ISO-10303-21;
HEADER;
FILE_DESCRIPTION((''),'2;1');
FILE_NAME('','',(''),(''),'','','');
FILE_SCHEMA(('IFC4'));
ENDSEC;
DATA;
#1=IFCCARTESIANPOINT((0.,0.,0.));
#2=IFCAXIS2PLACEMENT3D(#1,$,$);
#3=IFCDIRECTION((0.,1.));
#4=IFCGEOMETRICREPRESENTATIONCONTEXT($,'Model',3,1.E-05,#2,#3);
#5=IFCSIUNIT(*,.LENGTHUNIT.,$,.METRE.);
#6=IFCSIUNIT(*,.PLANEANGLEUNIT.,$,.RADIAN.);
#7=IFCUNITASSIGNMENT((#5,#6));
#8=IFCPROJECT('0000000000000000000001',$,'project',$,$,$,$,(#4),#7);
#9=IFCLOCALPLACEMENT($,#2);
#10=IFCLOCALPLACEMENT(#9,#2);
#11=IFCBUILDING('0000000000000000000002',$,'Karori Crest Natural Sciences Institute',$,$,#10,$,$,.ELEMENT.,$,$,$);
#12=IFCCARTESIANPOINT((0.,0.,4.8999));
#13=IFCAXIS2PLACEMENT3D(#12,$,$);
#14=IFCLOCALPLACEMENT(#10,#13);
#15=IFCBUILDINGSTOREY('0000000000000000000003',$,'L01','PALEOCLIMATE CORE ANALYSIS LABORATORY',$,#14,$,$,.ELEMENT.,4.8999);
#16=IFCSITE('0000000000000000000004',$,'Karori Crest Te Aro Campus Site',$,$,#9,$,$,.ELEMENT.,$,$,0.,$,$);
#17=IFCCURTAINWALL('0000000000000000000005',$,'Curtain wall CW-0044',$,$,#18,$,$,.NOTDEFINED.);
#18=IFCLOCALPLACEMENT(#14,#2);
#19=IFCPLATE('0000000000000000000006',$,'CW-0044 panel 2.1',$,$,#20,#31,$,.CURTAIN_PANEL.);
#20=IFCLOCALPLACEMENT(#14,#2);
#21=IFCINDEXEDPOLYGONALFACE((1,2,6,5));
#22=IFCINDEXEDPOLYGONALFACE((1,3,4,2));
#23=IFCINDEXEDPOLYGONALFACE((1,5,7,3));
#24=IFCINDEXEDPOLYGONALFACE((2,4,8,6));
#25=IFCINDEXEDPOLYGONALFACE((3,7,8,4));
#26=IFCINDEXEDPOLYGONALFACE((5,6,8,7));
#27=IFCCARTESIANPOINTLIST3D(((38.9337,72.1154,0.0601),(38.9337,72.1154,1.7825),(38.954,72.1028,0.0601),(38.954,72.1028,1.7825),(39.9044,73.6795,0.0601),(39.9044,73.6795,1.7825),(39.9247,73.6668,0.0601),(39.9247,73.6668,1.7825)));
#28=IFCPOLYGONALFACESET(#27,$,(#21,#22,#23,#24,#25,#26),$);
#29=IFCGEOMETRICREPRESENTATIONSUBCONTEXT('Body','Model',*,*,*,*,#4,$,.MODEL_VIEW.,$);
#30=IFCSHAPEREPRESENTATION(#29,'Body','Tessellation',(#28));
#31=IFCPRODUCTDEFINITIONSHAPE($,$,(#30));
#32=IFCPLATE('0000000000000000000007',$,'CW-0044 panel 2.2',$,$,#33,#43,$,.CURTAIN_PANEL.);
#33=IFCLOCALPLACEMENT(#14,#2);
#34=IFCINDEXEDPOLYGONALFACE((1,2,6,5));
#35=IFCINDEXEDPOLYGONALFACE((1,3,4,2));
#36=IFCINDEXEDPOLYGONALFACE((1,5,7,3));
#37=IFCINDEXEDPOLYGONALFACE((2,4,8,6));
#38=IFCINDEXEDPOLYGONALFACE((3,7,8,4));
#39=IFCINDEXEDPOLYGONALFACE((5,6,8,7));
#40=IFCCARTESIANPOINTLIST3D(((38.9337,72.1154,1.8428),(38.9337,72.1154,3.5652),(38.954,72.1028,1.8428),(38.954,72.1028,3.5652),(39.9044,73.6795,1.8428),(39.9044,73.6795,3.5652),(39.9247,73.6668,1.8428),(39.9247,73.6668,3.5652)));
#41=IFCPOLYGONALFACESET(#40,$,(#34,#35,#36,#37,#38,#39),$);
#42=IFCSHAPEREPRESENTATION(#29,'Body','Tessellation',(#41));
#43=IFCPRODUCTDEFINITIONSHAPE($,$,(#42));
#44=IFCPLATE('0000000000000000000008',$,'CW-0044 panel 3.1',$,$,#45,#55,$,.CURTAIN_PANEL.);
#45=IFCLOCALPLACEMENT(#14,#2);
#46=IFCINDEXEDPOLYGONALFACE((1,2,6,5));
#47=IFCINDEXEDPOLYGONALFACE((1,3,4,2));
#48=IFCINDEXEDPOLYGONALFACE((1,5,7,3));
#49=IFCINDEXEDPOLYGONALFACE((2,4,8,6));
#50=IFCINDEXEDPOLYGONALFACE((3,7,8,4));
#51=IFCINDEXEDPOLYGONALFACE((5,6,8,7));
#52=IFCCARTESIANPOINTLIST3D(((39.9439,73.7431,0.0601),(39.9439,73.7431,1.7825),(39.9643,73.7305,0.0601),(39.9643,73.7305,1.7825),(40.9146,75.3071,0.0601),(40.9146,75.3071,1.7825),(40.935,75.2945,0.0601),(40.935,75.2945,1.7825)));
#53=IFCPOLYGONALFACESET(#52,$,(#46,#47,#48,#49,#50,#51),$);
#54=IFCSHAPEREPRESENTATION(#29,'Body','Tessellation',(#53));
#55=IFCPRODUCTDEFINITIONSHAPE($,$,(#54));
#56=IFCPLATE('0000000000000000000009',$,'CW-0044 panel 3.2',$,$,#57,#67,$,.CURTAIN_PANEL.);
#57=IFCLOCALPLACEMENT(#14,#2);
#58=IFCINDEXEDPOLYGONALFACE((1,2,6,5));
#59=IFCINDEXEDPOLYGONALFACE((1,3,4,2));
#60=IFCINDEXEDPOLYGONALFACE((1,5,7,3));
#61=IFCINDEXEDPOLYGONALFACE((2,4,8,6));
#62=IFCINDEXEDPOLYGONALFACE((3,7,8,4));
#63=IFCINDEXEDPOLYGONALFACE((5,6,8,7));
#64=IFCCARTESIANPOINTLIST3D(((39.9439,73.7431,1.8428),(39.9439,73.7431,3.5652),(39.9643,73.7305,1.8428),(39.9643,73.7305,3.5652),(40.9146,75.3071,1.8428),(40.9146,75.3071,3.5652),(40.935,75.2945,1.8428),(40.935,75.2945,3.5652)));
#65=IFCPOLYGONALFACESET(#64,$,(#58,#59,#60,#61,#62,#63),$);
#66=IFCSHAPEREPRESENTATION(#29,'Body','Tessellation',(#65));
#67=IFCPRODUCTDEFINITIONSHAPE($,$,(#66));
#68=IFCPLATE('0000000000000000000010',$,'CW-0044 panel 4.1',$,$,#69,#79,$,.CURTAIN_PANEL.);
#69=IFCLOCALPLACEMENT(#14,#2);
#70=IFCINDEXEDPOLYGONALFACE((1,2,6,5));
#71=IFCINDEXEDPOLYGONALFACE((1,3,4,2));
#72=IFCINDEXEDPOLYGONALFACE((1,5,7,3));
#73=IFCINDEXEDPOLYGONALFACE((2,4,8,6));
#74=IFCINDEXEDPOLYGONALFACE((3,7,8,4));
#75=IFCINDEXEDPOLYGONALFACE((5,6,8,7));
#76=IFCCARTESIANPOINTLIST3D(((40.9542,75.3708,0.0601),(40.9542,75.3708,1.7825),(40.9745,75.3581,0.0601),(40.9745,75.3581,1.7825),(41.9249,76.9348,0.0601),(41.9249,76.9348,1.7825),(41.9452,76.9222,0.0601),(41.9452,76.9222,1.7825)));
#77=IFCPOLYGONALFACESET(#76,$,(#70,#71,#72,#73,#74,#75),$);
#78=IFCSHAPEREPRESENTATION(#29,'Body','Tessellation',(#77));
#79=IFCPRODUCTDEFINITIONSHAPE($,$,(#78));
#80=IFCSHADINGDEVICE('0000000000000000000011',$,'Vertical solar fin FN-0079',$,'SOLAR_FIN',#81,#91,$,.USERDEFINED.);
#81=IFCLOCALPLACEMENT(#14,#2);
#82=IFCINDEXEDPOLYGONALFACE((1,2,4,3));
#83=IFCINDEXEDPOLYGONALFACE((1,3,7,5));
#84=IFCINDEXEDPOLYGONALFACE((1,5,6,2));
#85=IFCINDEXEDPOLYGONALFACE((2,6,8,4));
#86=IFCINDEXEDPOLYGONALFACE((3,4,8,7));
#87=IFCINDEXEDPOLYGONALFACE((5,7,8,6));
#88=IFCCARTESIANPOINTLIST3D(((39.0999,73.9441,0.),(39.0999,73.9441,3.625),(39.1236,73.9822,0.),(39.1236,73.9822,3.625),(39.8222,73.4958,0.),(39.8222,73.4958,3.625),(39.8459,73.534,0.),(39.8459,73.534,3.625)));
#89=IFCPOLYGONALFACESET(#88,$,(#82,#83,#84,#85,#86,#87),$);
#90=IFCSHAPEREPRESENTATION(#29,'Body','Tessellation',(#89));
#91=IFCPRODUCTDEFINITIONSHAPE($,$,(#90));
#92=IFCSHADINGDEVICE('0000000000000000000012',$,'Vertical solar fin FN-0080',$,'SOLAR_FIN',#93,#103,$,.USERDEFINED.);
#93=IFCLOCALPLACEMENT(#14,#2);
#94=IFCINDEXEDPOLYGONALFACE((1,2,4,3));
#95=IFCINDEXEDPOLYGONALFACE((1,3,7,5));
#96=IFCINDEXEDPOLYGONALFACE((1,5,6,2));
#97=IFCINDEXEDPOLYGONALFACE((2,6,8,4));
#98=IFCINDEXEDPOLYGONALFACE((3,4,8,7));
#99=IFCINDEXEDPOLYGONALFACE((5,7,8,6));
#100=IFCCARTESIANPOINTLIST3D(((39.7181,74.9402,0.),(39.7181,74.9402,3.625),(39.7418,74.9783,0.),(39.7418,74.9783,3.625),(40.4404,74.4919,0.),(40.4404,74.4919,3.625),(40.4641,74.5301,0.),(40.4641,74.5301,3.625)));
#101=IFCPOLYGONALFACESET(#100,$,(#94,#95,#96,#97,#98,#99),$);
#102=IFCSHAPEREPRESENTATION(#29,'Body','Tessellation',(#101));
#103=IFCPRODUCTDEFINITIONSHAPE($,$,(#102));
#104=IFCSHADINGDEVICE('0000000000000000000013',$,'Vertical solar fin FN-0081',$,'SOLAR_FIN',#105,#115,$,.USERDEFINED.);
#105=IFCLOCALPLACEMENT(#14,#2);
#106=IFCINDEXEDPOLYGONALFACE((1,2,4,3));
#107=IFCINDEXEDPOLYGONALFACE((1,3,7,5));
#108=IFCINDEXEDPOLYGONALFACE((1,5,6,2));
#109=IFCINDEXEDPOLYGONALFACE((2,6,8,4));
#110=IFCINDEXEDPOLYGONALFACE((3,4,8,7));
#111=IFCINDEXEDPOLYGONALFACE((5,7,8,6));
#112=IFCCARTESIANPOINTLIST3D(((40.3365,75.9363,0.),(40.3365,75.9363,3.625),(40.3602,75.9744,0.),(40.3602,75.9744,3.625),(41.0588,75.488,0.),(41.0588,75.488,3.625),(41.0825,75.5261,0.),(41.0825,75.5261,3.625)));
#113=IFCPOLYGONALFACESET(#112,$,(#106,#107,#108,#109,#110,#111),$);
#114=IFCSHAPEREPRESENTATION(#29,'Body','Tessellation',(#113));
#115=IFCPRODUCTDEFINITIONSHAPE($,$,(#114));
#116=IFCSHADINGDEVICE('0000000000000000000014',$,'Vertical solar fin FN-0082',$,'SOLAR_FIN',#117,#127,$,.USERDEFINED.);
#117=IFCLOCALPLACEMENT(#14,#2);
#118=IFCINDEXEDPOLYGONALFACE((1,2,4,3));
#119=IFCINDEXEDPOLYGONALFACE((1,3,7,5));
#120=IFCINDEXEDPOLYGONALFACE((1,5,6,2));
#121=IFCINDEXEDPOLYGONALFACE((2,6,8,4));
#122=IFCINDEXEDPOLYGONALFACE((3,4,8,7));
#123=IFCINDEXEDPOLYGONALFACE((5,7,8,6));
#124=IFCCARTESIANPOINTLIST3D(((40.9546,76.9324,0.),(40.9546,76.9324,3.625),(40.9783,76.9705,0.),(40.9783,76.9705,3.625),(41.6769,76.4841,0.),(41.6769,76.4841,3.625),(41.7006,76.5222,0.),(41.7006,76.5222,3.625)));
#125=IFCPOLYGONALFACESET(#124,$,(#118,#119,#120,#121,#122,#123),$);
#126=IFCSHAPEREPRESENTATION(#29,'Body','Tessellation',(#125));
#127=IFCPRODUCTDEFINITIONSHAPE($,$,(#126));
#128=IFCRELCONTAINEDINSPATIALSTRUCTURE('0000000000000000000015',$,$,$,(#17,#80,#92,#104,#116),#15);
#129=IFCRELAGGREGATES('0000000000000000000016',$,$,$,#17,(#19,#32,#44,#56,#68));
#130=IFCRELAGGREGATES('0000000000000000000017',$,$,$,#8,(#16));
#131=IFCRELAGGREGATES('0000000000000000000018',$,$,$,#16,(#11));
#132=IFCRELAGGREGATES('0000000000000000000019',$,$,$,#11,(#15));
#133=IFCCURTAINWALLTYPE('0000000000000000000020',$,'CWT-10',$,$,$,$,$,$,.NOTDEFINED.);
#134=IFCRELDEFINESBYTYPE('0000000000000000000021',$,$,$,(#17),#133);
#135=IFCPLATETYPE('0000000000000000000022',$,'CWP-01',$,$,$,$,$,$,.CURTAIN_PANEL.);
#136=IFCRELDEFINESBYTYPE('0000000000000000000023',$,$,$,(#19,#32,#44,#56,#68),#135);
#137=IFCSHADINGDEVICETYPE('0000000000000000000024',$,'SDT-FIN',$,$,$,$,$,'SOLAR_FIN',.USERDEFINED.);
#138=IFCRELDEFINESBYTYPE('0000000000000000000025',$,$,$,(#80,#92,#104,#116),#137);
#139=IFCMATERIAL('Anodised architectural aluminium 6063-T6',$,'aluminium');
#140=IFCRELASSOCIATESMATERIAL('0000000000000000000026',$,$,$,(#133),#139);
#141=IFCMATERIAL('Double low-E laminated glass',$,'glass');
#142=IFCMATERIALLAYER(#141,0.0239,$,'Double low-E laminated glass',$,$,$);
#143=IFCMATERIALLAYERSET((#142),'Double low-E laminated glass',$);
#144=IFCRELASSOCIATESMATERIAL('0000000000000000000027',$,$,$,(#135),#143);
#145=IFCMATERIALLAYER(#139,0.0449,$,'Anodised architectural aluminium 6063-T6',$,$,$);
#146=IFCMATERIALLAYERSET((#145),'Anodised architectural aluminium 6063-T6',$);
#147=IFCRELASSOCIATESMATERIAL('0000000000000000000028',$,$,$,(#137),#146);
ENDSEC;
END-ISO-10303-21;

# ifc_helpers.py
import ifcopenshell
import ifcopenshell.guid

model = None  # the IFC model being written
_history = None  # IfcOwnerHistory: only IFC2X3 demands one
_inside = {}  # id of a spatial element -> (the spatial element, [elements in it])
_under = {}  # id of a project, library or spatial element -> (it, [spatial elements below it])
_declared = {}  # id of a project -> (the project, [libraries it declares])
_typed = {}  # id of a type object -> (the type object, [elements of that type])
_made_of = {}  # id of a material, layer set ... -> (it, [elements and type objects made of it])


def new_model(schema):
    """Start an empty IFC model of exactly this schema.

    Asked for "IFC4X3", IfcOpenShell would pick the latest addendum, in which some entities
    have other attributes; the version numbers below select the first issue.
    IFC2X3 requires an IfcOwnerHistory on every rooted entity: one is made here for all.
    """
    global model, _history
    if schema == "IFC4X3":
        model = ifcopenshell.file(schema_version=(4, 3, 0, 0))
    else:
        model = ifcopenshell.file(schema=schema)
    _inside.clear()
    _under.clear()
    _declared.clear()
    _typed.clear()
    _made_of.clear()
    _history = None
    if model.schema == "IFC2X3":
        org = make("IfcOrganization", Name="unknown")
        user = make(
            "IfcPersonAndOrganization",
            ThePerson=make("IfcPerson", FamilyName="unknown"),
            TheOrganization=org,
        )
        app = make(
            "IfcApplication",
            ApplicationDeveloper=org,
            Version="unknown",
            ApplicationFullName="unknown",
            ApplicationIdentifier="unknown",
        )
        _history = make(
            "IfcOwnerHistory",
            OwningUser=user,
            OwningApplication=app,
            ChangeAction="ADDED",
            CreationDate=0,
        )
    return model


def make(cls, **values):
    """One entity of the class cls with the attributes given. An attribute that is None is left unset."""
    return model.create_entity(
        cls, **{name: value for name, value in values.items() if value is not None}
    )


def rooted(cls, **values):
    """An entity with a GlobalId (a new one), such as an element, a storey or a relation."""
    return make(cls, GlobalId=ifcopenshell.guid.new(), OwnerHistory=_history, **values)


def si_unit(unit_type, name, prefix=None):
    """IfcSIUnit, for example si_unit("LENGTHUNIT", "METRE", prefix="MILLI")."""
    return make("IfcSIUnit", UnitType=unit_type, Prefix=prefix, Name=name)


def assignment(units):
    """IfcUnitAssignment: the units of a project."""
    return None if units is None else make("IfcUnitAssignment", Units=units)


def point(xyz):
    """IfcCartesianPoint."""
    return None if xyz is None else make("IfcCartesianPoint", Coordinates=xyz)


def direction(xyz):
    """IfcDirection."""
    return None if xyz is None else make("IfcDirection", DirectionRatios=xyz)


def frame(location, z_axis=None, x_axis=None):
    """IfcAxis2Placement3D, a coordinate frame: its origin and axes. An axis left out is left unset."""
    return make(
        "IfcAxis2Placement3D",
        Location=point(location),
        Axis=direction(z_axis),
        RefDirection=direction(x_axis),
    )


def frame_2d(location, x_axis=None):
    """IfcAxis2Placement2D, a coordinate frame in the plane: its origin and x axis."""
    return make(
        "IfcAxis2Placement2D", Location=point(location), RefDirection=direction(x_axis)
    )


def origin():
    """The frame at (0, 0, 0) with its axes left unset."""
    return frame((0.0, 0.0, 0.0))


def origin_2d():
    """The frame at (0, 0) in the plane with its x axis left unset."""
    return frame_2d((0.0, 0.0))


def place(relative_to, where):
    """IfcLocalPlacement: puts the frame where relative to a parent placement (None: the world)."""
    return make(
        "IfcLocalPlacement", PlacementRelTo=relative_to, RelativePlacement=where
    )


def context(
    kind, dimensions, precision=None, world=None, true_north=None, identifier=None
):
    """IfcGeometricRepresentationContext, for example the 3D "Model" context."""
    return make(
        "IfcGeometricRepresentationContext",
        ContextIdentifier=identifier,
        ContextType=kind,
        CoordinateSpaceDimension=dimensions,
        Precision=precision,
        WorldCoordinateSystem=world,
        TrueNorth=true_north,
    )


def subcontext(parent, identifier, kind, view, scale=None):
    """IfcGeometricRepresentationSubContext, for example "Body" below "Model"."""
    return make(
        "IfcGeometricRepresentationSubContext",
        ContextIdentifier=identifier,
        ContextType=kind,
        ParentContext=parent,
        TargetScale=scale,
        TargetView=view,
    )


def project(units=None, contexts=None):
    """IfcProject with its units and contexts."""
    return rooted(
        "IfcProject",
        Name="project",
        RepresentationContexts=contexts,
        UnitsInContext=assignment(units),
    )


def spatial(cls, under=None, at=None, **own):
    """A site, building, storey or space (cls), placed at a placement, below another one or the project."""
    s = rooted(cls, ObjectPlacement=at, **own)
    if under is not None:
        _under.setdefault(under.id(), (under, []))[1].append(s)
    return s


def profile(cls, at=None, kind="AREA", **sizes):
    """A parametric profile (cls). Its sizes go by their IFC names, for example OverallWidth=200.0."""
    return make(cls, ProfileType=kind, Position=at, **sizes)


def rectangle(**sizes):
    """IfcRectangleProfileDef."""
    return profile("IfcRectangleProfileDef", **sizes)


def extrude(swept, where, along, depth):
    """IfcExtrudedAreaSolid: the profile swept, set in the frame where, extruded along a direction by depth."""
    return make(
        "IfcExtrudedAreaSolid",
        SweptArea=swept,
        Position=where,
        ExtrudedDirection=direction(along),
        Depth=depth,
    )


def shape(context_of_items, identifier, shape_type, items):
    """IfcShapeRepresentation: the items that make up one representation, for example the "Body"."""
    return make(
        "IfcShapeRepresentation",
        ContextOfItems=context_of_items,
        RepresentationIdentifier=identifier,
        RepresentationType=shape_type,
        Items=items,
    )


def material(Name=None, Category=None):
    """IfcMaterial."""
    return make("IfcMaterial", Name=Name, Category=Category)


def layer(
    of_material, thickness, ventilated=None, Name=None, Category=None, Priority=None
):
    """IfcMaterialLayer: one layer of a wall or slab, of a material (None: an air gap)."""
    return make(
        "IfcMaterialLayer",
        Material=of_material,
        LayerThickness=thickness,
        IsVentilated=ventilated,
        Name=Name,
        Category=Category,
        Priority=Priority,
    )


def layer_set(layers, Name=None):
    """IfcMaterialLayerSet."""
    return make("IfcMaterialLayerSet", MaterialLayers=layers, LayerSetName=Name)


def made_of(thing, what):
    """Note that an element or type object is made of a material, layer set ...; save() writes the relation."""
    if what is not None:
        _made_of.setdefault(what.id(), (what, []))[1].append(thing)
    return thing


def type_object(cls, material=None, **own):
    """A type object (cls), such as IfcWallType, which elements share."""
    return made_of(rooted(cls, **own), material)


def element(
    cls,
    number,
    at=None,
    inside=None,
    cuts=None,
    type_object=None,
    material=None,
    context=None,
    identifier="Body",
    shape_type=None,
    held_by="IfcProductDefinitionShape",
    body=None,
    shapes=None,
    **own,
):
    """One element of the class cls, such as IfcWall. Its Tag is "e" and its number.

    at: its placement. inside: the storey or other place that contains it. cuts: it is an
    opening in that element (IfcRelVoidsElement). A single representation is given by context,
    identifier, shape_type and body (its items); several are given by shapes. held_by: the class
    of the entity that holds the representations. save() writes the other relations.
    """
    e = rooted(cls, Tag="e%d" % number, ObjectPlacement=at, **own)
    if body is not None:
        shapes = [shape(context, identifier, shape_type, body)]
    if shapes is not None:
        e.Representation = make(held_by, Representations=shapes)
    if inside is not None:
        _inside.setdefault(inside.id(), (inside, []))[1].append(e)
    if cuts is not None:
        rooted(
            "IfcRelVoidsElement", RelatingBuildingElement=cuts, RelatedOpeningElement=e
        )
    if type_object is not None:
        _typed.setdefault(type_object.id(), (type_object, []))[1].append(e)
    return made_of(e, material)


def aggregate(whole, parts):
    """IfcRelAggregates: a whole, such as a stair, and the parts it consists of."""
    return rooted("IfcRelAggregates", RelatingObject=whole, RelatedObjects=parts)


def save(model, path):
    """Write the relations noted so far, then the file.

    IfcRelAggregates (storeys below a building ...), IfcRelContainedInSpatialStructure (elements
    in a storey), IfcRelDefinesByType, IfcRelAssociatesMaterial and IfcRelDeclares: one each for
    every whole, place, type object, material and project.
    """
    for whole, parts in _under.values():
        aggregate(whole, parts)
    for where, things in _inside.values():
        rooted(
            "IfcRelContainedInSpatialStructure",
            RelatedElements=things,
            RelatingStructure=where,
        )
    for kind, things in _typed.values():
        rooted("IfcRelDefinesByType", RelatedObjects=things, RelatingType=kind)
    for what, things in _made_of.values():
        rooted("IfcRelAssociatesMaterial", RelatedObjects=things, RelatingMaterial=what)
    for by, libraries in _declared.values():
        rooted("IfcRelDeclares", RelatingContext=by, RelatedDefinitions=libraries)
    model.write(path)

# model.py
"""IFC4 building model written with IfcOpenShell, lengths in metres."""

from ifc_helpers import new_model, si_unit, direction, frame, origin, origin_2d, place, context, subcontext, project, spatial, rectangle, extrude, material, layer, layer_set, type_object, element, aggregate, save


model = new_model("IFC4")

# Units and contexts
model_context = context("Model", 3, precision=1e-05, world=origin(), true_north=direction((0.0, 1.0)))
body_context = subcontext(model_context, "Body", "Model", "MODEL_VIEW")
ifc_project = project(units=[si_unit("LENGTHUNIT", "METRE"), si_unit("PLANEANGLEUNIT", "RADIAN")], contexts=[model_context])

# Site, building, storey
site_placement = place(None, origin())
site = spatial("IfcSite", under=ifc_project, at=site_placement, Name="Karori Crest Te Aro Campus Site", CompositionType="ELEMENT", RefElevation=0.0)
building_placement = place(site_placement, origin())
building = spatial("IfcBuilding", under=site, at=building_placement, Name="Karori Crest Natural Sciences Institute", CompositionType="ELEMENT")
storey_placement = place(building_placement, frame((0.0, 0.0, 4.8999)))
storey = spatial("IfcBuildingStorey", under=building, at=storey_placement, Name="L01", Description="PALEOCLIMATE CORE ANALYSIS LABORATORY", CompositionType="ELEMENT", Elevation=4.8999)

# Curtain wall, plates
ifc_material_1 = material(Name="Anodised architectural aluminium 6063-T6", Category="aluminium")
curtain_wall_type = type_object("IfcCurtainWallType", Name="CWT-10", PredefinedType="NOTDEFINED", material=ifc_material_1)
curtain_wall_placement = place(storey_placement, origin())
curtain_wall = element("IfcCurtainWall", 1, at=curtain_wall_placement, inside=storey, type_object=curtain_wall_type, Name="Curtain wall CW-0044", PredefinedType="NOTDEFINED")
ifc_material_2 = material(Name="Double low-E laminated glass", Category="glass")
ifc_layer_1 = layer(ifc_material_2, 0.0239, Name="Double low-E laminated glass")
ifc_layer_set_1 = layer_set([ifc_layer_1], Name="Double low-E laminated glass")
plate_type = type_object("IfcPlateType", Name="CWP-01", PredefinedType="CURTAIN_PANEL", material=ifc_layer_set_1)
plate_1_placement = place(storey_placement, frame((39.4292, 72.8911, 0.0601), z_axis=(0.0, 0.0, 1.0), x_axis=(0.527328, 0.849662, 0.0)))
plate_1 = element("IfcPlate", 2, at=plate_1_placement, type_object=plate_type, Name="CW-0044 panel 2.1", PredefinedType="CURTAIN_PANEL", context=body_context, shape_type="SweptSolid", body=[
    extrude(rectangle(XDim=1.8408, YDim=0.0239, at=origin_2d()), origin(), (0.0, 0.0, 1.0), 1.7224),
])
plate_2_placement = place(storey_placement, frame((39.4292, 72.8911, 1.8428), z_axis=(0.0, 0.0, 1.0), x_axis=(0.527328, 0.849662, 0.0)))
plate_2 = element("IfcPlate", 3, at=plate_2_placement, type_object=plate_type, Name="CW-0044 panel 2.2", PredefinedType="CURTAIN_PANEL", context=body_context, shape_type="SweptSolid", body=[
    extrude(rectangle(XDim=1.8408, YDim=0.0239, at=origin_2d()), origin(), (0.0, 0.0, 1.0), 1.7224),
])
plate_3_placement = place(storey_placement, frame((40.4395, 74.5188, 0.0601), z_axis=(0.0, 0.0, 1.0), x_axis=(0.527328, 0.849662, 0.0)))
plate_3 = element("IfcPlate", 4, at=plate_3_placement, type_object=plate_type, Name="CW-0044 panel 3.1", PredefinedType="CURTAIN_PANEL", context=body_context, shape_type="SweptSolid", body=[
    extrude(rectangle(XDim=1.8408, YDim=0.0239, at=origin_2d()), origin(), (0.0, 0.0, 1.0), 1.7224),
])
plate_4_placement = place(storey_placement, frame((40.4395, 74.5188, 1.8428), z_axis=(0.0, 0.0, 1.0), x_axis=(0.527328, 0.849662, 0.0)))
plate_4 = element("IfcPlate", 5, at=plate_4_placement, type_object=plate_type, Name="CW-0044 panel 3.2", PredefinedType="CURTAIN_PANEL", context=body_context, shape_type="SweptSolid", body=[
    extrude(rectangle(XDim=1.8408, YDim=0.0239, at=origin_2d()), origin(), (0.0, 0.0, 1.0), 1.7224),
])
plate_5_placement = place(storey_placement, frame((41.4497, 76.1465, 0.0601), z_axis=(0.0, 0.0, 1.0), x_axis=(0.527328, 0.849662, 0.0)))
plate_5 = element("IfcPlate", 6, at=plate_5_placement, type_object=plate_type, Name="CW-0044 panel 4.1", PredefinedType="CURTAIN_PANEL", context=body_context, shape_type="SweptSolid", body=[
    extrude(rectangle(XDim=1.8408, YDim=0.0239, at=origin_2d()), origin(), (0.0, 0.0, 1.0), 1.7224),
])
aggregate(curtain_wall, [plate_1, plate_2, plate_3, plate_4, plate_5])

# Shading devices
ifc_layer_2 = layer(ifc_material_1, 0.0449, Name="Anodised architectural aluminium 6063-T6")
ifc_layer_set_2 = layer_set([ifc_layer_2], Name="Anodised architectural aluminium 6063-T6")
shading_device_type = type_object("IfcShadingDeviceType", Name="SDT-FIN", ElementType="SOLAR_FIN", PredefinedType="USERDEFINED", material=ifc_layer_set_2)
for number, where, z_axis, x_axis, name in (
    (7, (39.4729, 73.739, 0.0), (0.0, 0.0, 1.0), (-0.849662, 0.527328, 0.0), "Vertical solar fin FN-0079"),
    (8, (40.0911, 74.7351, 0.0), (0.0, 0.0, 1.0), (-0.849662, 0.527328, 0.0), "Vertical solar fin FN-0080"),
    (9, (40.7095, 75.7312, 0.0), (0.0, 0.0, 1.0), (-0.849662, 0.527328, 0.0), "Vertical solar fin FN-0081"),
    (10, (41.3276, 76.7273, 0.0), (0.0, 0.0, 1.0), (-0.849662, 0.527328, 0.0), "Vertical solar fin FN-0082"),
):
    element("IfcShadingDevice", number, at=place(storey_placement, frame(where, z_axis=z_axis, x_axis=x_axis)), inside=storey, type_object=shading_device_type, Name=name, ObjectType="SOLAR_FIN", PredefinedType="USERDEFINED", context=body_context, shape_type="SweptSolid", body=[
        extrude(rectangle(XDim=0.8501, YDim=0.0449, at=origin_2d()), origin(), (0.0, 0.0, 1.0), 3.625),
    ])

save(model, "model.ifc")
